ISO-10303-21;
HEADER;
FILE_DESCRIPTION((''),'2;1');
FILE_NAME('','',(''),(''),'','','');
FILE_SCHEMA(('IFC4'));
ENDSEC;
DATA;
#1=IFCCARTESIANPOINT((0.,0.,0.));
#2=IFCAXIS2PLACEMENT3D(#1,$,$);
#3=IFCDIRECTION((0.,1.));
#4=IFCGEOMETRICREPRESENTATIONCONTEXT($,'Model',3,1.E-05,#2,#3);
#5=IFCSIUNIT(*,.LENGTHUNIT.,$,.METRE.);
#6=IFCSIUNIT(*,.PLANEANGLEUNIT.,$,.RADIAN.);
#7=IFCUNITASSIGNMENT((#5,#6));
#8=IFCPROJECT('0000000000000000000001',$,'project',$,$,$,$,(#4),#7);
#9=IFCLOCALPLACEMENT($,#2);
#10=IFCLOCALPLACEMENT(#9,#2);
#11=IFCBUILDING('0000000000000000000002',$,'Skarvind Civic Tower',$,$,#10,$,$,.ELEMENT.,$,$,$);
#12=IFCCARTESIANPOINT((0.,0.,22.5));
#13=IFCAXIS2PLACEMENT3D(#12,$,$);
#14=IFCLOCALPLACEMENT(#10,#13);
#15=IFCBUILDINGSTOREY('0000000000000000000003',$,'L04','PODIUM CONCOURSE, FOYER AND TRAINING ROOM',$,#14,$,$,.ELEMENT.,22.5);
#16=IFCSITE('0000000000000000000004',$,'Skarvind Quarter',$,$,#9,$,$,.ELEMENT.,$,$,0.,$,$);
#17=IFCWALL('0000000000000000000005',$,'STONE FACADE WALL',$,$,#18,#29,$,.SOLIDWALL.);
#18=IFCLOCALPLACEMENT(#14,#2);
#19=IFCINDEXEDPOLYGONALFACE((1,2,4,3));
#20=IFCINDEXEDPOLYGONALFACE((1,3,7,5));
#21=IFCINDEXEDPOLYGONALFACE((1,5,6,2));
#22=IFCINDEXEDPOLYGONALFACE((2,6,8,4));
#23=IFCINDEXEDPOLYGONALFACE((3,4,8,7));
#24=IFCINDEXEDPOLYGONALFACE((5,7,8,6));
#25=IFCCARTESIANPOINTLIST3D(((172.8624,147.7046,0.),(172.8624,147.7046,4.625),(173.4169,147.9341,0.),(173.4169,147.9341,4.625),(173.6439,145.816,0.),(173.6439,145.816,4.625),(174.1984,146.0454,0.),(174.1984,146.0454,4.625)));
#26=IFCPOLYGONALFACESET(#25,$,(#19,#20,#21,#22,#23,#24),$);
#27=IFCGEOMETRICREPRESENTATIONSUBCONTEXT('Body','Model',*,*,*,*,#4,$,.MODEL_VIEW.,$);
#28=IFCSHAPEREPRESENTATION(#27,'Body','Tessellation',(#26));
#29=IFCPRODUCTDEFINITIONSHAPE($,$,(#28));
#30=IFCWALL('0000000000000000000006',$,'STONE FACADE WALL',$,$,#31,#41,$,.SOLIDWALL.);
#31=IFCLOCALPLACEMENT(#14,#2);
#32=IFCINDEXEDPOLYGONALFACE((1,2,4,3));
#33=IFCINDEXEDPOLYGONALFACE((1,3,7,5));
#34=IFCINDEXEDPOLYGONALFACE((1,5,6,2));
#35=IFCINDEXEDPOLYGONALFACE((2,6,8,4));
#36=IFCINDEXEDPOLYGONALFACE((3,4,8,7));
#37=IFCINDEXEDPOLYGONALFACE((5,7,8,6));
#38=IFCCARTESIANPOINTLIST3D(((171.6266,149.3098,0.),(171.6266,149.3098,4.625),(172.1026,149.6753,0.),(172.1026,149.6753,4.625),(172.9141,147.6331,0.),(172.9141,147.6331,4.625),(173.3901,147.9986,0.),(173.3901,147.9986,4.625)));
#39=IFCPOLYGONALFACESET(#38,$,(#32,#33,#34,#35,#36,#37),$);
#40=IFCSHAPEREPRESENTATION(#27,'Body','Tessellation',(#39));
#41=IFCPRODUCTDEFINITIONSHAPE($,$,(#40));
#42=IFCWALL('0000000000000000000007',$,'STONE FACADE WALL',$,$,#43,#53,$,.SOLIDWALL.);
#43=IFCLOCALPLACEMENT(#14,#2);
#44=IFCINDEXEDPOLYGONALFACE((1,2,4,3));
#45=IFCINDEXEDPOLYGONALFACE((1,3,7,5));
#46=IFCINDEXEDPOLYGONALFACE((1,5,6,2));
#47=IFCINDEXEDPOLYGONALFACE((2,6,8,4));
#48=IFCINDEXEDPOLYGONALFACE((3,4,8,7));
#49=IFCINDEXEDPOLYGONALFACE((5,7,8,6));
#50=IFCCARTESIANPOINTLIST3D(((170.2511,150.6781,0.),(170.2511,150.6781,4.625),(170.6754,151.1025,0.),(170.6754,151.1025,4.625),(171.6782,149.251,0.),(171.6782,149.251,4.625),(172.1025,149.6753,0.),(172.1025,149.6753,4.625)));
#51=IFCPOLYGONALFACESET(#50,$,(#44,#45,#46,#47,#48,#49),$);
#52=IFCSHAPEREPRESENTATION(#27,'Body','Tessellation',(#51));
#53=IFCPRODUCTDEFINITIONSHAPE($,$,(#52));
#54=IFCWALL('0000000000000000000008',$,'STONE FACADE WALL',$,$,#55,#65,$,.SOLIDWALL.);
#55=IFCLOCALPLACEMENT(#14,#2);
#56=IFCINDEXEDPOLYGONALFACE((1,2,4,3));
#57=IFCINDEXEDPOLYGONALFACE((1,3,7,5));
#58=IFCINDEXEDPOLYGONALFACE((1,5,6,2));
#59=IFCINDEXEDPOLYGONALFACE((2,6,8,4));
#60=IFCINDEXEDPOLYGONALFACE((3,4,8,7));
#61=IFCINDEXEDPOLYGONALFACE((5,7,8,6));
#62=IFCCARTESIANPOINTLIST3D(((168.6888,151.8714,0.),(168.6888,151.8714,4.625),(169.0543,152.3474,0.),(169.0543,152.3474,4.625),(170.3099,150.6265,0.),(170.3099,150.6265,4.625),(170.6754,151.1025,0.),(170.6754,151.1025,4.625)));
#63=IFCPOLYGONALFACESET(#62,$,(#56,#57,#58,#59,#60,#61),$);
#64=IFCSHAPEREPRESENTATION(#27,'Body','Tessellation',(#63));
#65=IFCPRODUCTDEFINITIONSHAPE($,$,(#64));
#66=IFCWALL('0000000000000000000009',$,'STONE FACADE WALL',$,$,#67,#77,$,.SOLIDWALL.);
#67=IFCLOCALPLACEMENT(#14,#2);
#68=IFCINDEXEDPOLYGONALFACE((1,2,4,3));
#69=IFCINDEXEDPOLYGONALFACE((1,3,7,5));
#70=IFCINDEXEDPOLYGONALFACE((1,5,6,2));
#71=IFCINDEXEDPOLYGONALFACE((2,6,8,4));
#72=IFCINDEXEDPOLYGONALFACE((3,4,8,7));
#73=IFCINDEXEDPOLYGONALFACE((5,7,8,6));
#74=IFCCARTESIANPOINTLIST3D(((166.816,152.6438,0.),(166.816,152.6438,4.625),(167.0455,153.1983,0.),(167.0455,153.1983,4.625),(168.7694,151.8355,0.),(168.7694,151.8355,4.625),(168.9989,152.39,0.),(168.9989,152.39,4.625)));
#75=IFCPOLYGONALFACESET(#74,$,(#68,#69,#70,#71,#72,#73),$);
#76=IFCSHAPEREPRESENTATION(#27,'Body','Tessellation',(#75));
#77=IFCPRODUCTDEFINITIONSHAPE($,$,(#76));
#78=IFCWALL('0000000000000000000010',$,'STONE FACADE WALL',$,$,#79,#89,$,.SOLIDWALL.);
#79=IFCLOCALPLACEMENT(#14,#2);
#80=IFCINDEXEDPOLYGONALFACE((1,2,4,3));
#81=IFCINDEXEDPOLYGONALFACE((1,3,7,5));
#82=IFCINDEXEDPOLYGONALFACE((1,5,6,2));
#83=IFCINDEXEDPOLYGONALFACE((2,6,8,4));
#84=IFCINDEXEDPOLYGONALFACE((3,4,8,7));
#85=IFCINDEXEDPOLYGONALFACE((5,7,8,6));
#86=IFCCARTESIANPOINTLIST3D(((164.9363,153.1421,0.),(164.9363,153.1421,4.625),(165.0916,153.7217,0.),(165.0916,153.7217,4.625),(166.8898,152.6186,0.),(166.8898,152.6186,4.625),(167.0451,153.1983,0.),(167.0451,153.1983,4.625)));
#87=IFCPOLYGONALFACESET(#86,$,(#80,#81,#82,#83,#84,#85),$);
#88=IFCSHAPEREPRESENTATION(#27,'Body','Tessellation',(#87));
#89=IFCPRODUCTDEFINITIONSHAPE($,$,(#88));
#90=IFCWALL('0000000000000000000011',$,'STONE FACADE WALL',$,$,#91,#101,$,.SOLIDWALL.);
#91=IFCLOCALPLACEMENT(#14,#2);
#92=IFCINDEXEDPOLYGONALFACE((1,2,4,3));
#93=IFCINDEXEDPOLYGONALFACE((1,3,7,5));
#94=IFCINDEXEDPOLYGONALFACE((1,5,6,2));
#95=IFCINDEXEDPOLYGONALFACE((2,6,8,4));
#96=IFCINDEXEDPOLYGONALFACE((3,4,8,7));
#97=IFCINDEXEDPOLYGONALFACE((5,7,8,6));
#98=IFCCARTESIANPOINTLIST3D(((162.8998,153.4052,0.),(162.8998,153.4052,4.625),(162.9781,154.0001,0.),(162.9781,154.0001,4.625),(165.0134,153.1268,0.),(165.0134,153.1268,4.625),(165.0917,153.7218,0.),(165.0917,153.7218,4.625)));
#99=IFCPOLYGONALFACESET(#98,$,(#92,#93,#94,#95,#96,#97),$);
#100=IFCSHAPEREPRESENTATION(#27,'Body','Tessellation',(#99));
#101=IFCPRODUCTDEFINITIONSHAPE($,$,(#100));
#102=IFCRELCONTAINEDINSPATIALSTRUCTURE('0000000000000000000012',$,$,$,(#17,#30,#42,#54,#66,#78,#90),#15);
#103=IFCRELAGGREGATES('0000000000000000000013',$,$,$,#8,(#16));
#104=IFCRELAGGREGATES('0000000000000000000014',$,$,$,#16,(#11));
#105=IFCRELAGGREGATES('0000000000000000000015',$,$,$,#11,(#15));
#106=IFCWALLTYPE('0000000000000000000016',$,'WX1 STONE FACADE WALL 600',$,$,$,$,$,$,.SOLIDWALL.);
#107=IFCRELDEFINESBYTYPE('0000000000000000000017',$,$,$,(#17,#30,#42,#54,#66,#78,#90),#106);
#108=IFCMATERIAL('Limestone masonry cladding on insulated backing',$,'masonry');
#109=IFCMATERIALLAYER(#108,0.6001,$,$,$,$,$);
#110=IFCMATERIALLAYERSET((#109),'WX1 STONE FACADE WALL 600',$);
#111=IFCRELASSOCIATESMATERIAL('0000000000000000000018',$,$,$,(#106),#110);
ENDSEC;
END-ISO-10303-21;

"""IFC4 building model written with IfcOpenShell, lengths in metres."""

from ifc_helpers import new_model, si_unit, direction, frame, frame_2d, origin, place, context, subcontext, project, spatial, rectangle, extrude, material, layer, layer_set, type_object, element, save


model = new_model("IFC4")

# Units and contexts
model_context = context("Model", 3, precision=1e-05, world=origin(), true_north=direction((0.0, 1.0)))
body_context = subcontext(model_context, "Body", "Model", "MODEL_VIEW")
ifc_project = project(units=[si_unit("LENGTHUNIT", "METRE"), si_unit("PLANEANGLEUNIT", "RADIAN")], contexts=[model_context])

# Site, building, storey
site_placement = place(None, origin())
site = spatial("IfcSite", under=ifc_project, at=site_placement, Name="Skarvind Quarter", CompositionType="ELEMENT", RefElevation=0.0)
building_placement = place(site_placement, origin())
building = spatial("IfcBuilding", under=site, at=building_placement, Name="Skarvind Civic Tower", CompositionType="ELEMENT")
storey_placement = place(building_placement, frame((0.0, 0.0, 22.5)))
storey = spatial("IfcBuildingStorey", under=building, at=storey_placement, Name="L04", Description="PODIUM CONCOURSE, FOYER AND TRAINING ROOM", CompositionType="ELEMENT", Elevation=22.5)

# Walls
ifc_material_1 = material(Name="Limestone masonry cladding on insulated backing", Category="masonry")
ifc_layer_1 = layer(ifc_material_1, 0.6001)
ifc_layer_set_1 = layer_set([ifc_layer_1], Name="WX1 STONE FACADE WALL 600")
wall_type_1 = type_object("IfcWallType", Name="WX1 STONE FACADE WALL 600", PredefinedType="SOLIDWALL", material=ifc_layer_set_1)
wall_1_placement = place(storey_placement, frame((173.1396, 147.8193, 0.0), z_axis=(0.0, 0.0, 1.0), x_axis=(0.382341, -0.924021, 0.0)))
element("IfcWall", 1, at=wall_1_placement, inside=storey, type_object=wall_type_1, Name="STONE FACADE WALL", PredefinedType="SOLIDWALL", context=body_context, shape_type="SweptSolid", body=[
    extrude(rectangle(XDim=2.0439, YDim=0.6001, at=frame_2d((1.022, 0.0))), origin(), (0.0, 0.0, 1.0), 4.625),
])
wall_2_placement = place(storey_placement, frame((171.8645, 149.4927, 0.0), z_axis=(0.0, 0.0, 1.0), x_axis=(0.609052, -0.79313, 0.0)))
element("IfcWall", 2, at=wall_2_placement, inside=storey, type_object=wall_type_1, Name="STONE FACADE WALL", PredefinedType="SOLIDWALL", context=body_context, shape_type="SweptSolid", body=[
    extrude(rectangle(XDim=2.114, YDim=0.6001, at=frame_2d((1.0571, 0.0))), origin(), (0.0, 0.0, 1.0), 4.625),
])
wall_3_placement = place(storey_placement, frame((170.4631, 150.8904, 0.0), z_axis=(0.0, 0.0, 1.0), x_axis=(0.707107, -0.707107, 0.0)))
element("IfcWall", 3, at=wall_3_placement, inside=storey, type_object=wall_type_1, Name="STONE FACADE WALL", PredefinedType="SOLIDWALL", context=body_context, shape_type="SweptSolid", body=[
    extrude(rectangle(XDim=2.0183, YDim=0.6001, at=frame_2d((1.0093, 0.0))), origin(), (0.0, 0.0, 1.0), 4.625),
])
wall_4_placement = place(storey_placement, frame((168.8716, 152.1094, 0.0), z_axis=(0.0, 0.0, 1.0), x_axis=(0.793125, -0.609058, 0.0)))
element("IfcWall", 4, at=wall_4_placement, inside=storey, type_object=wall_type_1, Name="STONE FACADE WALL", PredefinedType="SOLIDWALL", context=body_context, shape_type="SweptSolid", body=[
    extrude(rectangle(XDim=2.0439, YDim=0.6001, at=frame_2d((1.022, 0.0))), origin(), (0.0, 0.0, 1.0), 4.625),
])
wall_5_placement = place(storey_placement, frame((166.9307, 152.9211, 0.0), z_axis=(0.0, 0.0, 1.0), x_axis=(0.924007, -0.382376, 0.0)))
element("IfcWall", 5, at=wall_5_placement, inside=storey, type_object=wall_type_1, Name="STONE FACADE WALL", PredefinedType="SOLIDWALL", context=body_context, shape_type="SweptSolid", body=[
    extrude(rectangle(XDim=2.114, YDim=0.6001, at=frame_2d((1.0571, 0.0))), origin(), (0.0, 0.0, 1.0), 4.625),
])
wall_6_placement = place(storey_placement, frame((165.0139, 153.4319, 0.0), z_axis=(0.0, 0.0, 1.0), x_axis=(0.96593, -0.258804, 0.0)))
element("IfcWall", 6, at=wall_6_placement, inside=storey, type_object=wall_type_1, Name="STONE FACADE WALL", PredefinedType="SOLIDWALL", context=body_context, shape_type="SweptSolid", body=[
    extrude(rectangle(XDim=2.0225, YDim=0.6001, at=frame_2d((1.0112, 0.0))), origin(), (0.0, 0.0, 1.0), 4.625),
])
wall_7_placement = place(storey_placement, frame((162.939, 153.7026, 0.0), z_axis=(0.0, 0.0, 1.0), x_axis=(0.991441, -0.130558, 0.0)))
element("IfcWall", 7, at=wall_7_placement, inside=storey, type_object=wall_type_1, Name="STONE FACADE WALL", PredefinedType="SOLIDWALL", context=body_context, shape_type="SweptSolid", body=[
    extrude(rectangle(XDim=2.1318, YDim=0.6001, at=frame_2d((1.0659, 0.0))), origin(), (0.0, 0.0, 1.0), 4.625),
])

save(model, "model.ifc")
